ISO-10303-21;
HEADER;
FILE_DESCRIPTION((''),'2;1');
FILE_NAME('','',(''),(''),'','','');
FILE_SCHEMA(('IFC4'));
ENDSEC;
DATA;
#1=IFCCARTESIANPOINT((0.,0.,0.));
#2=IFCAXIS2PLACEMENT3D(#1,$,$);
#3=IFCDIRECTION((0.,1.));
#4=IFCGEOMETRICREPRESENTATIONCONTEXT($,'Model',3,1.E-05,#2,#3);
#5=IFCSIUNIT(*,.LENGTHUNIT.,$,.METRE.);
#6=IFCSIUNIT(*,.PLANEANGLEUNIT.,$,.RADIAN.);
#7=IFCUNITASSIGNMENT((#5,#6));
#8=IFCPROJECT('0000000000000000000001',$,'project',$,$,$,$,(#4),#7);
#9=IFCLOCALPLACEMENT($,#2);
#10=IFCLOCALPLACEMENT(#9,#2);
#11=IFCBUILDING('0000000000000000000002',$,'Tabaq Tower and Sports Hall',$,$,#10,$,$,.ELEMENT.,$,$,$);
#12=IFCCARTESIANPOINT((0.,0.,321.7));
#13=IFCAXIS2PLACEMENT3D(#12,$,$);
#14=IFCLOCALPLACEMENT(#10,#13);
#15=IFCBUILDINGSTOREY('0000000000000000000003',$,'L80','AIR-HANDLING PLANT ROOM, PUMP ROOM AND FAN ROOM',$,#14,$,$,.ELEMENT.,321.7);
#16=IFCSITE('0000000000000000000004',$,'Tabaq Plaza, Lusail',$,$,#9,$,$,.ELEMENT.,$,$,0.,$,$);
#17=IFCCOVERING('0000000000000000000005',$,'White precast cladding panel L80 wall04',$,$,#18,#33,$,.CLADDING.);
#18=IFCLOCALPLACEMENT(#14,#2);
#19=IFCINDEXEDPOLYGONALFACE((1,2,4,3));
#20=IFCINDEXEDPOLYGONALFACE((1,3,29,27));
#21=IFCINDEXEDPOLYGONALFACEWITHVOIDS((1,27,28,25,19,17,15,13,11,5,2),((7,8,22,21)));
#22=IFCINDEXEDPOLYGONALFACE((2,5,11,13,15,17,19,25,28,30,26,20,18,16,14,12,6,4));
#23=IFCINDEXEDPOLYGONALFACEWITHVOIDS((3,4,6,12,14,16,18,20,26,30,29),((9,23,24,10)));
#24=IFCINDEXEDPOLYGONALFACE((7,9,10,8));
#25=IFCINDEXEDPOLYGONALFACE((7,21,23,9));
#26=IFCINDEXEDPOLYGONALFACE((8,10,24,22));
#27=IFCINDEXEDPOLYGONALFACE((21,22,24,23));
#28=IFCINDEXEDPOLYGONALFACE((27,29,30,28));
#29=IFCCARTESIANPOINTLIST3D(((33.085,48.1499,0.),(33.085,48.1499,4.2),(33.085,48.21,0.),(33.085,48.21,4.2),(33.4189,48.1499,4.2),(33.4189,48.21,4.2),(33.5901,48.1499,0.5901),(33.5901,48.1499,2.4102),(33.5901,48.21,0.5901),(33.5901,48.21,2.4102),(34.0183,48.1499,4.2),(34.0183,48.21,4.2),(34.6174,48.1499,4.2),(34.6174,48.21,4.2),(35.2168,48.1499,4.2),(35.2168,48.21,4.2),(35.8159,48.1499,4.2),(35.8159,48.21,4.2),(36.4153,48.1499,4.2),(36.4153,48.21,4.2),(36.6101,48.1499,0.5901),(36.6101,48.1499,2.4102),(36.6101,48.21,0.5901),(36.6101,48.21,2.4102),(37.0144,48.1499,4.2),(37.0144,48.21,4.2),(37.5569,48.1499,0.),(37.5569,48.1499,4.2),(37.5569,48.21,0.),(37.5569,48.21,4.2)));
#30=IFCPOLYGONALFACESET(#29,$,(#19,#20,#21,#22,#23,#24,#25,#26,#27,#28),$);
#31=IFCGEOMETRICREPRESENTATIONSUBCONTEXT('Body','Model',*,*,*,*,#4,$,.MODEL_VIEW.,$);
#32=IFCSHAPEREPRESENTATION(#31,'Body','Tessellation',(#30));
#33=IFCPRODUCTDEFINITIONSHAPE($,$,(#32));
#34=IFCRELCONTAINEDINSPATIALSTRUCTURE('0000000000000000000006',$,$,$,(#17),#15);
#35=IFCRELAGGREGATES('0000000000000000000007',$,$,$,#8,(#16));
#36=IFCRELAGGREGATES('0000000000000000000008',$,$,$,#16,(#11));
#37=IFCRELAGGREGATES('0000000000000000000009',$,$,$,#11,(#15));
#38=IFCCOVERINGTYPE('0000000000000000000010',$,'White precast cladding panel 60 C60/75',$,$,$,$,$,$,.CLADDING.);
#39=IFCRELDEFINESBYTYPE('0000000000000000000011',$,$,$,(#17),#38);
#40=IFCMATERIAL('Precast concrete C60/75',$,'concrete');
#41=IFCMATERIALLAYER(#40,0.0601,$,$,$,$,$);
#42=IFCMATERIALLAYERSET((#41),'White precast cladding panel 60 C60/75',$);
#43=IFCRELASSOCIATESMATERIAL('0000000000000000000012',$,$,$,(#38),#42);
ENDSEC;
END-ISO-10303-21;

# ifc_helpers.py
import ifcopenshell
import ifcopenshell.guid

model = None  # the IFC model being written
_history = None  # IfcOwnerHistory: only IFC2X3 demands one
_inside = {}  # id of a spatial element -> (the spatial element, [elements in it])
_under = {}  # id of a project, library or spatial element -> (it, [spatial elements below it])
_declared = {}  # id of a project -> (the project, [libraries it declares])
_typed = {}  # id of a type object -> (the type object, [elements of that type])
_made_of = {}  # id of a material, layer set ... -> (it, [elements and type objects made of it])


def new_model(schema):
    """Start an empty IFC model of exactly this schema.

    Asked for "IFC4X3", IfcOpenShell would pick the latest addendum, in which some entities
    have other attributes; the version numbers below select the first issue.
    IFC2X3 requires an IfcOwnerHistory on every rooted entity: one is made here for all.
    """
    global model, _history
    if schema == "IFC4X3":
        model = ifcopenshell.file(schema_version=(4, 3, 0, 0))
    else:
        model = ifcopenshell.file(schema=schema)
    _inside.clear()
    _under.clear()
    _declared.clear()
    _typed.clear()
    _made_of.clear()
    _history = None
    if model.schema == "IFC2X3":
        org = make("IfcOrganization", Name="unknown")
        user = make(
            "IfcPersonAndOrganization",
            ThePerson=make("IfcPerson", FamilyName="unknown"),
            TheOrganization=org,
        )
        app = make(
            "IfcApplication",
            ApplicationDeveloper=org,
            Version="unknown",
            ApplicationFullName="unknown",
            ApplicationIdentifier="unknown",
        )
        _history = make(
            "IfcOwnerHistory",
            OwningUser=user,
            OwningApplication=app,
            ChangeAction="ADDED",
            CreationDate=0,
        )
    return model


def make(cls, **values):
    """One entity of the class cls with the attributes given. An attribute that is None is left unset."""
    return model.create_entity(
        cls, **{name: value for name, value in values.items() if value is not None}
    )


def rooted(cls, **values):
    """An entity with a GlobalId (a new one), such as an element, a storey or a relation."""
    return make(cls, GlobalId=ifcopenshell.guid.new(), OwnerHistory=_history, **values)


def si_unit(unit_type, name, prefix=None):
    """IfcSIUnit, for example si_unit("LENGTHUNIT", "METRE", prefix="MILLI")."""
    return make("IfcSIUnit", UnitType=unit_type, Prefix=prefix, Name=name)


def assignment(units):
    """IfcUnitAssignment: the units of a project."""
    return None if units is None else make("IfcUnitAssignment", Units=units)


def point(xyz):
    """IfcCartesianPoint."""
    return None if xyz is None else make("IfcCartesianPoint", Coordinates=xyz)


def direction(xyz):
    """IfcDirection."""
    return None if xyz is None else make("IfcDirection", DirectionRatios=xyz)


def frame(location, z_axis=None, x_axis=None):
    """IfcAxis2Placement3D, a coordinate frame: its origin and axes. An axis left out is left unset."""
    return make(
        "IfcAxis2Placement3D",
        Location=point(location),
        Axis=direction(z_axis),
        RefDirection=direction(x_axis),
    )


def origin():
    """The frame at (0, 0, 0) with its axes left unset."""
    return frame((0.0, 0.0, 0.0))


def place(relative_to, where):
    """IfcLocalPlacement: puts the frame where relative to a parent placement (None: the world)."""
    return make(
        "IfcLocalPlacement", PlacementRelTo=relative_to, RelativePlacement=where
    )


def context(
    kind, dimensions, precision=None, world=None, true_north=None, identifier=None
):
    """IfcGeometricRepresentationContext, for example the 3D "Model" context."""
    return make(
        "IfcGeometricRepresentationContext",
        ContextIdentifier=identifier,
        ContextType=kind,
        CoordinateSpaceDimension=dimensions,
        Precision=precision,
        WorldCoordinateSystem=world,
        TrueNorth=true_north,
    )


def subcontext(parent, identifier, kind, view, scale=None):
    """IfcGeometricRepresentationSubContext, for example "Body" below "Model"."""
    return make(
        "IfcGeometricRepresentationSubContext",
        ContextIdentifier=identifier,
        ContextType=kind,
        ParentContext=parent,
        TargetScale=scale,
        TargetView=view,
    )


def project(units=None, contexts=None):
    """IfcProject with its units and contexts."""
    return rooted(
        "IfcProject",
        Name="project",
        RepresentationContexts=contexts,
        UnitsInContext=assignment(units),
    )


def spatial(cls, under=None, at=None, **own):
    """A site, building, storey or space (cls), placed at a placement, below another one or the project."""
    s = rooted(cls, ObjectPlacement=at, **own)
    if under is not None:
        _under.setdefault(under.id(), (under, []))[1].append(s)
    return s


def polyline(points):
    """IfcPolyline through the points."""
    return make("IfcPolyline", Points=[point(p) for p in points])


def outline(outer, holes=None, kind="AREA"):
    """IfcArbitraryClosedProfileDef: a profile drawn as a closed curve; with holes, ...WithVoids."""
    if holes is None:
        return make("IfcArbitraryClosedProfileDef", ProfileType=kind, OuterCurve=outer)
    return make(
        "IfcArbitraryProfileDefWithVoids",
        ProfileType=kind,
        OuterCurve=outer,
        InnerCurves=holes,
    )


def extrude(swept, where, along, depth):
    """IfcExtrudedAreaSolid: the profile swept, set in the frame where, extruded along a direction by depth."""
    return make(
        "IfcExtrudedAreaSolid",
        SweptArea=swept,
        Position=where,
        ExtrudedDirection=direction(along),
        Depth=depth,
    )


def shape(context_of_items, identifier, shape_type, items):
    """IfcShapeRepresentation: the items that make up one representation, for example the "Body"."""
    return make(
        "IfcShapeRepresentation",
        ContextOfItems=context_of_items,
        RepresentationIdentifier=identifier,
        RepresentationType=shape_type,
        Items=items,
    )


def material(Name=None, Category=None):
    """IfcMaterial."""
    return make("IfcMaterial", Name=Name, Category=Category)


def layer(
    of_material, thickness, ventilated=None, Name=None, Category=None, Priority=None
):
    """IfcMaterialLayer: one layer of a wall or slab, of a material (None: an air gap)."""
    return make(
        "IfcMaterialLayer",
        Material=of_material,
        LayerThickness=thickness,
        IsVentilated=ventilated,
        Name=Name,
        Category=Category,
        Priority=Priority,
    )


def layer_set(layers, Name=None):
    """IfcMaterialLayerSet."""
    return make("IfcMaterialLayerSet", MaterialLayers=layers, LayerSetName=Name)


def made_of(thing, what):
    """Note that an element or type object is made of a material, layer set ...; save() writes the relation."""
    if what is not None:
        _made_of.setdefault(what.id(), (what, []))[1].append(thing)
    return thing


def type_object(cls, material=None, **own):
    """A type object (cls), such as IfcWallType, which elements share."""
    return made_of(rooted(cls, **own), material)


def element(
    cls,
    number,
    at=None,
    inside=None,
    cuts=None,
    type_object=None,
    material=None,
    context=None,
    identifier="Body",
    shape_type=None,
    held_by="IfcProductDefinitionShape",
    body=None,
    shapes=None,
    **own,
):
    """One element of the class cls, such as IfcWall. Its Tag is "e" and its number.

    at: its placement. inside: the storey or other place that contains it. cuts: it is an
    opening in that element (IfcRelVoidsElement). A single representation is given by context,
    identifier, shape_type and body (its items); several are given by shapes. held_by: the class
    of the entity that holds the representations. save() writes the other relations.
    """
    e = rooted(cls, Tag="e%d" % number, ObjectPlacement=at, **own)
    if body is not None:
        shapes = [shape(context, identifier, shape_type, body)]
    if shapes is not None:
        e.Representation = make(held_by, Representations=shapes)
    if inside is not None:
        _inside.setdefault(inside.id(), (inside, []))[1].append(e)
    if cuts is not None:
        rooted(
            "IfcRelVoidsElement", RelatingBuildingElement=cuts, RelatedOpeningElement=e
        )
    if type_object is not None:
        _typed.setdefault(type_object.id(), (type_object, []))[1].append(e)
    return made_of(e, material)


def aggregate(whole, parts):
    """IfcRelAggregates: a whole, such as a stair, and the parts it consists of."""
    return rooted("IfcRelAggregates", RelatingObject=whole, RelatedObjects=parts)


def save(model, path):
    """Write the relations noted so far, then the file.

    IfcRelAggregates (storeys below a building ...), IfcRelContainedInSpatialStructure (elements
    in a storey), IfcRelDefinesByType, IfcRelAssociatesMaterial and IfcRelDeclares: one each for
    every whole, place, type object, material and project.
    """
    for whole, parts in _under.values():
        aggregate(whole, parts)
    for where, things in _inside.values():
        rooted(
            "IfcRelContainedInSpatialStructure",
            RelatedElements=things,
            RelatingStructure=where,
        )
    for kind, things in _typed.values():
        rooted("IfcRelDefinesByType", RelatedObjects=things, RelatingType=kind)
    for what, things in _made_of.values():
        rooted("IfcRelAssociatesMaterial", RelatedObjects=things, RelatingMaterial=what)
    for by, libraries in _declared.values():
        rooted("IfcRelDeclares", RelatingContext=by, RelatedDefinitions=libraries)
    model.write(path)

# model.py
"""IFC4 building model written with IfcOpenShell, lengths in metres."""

from ifc_helpers import new_model, si_unit, direction, frame, origin, place, context, subcontext, project, spatial, polyline, outline, extrude, material, layer, layer_set, type_object, element, save


model = new_model("IFC4")

# Units and contexts
model_context = context("Model", 3, precision=1e-05, world=origin(), true_north=direction((0.0, 1.0)))
body_context = subcontext(model_context, "Body", "Model", "MODEL_VIEW")
ifc_project = project(units=[si_unit("LENGTHUNIT", "METRE"), si_unit("PLANEANGLEUNIT", "RADIAN")], contexts=[model_context])

# Site, building, storey
site_placement = place(None, origin())
site = spatial("IfcSite", under=ifc_project, at=site_placement, Name="Tabaq Plaza, Lusail", CompositionType="ELEMENT", RefElevation=0.0)
building_placement = place(site_placement, origin())
building = spatial("IfcBuilding", under=site, at=building_placement, Name="Tabaq Tower and Sports Hall", CompositionType="ELEMENT")
storey_placement = place(building_placement, frame((0.0, 0.0, 321.7)))
storey = spatial("IfcBuildingStorey", under=building, at=storey_placement, Name="L80", Description="AIR-HANDLING PLANT ROOM, PUMP ROOM AND FAN ROOM", CompositionType="ELEMENT", Elevation=321.7)

# Covering
ifc_material_1 = material(Name="Precast concrete C60/75", Category="concrete")
ifc_layer_1 = layer(ifc_material_1, 0.0601)
ifc_layer_set_1 = layer_set([ifc_layer_1], Name="White precast cladding panel 60 C60/75")
covering_type_1 = type_object("IfcCoveringType", Name="White precast cladding panel 60 C60/75", PredefinedType="CLADDING", material=ifc_layer_set_1)
covering_1_placement = place(storey_placement, frame((37.5569, 48.1799, 0.0), z_axis=(0.0, 0.0, 1.0), x_axis=(-1.0, 0.0, 0.0)))
element("IfcCovering", 1, at=covering_1_placement, inside=storey, type_object=covering_type_1, Name="White precast cladding panel L80 wall04", PredefinedType="CLADDING", context=body_context, shape_type="SweptSolid", body=[
    extrude(outline(polyline([(0.0, 0.0), (4.4719, 0.0), (4.4719, 4.2), (4.1379, 4.2), (3.5386, 4.2), (2.9395, 4.2), (2.3401, 4.2), (1.741, 4.2), (1.1416, 4.2), (0.5425, 4.2), (0.0, 4.2), (0.0, 0.0)]), holes=[polyline([(0.9468, 0.5901), (0.9468, 2.4102), (3.9668, 2.4102), (3.9668, 0.5901), (0.9468, 0.5901)])]), frame((0.0, 0.03, 0.0), z_axis=(0.0, -1.0, 0.0), x_axis=(1.0, 0.0, 0.0)), (0.0, 0.0, 1.0), 0.0601),
])

save(model, "model.ifc")
